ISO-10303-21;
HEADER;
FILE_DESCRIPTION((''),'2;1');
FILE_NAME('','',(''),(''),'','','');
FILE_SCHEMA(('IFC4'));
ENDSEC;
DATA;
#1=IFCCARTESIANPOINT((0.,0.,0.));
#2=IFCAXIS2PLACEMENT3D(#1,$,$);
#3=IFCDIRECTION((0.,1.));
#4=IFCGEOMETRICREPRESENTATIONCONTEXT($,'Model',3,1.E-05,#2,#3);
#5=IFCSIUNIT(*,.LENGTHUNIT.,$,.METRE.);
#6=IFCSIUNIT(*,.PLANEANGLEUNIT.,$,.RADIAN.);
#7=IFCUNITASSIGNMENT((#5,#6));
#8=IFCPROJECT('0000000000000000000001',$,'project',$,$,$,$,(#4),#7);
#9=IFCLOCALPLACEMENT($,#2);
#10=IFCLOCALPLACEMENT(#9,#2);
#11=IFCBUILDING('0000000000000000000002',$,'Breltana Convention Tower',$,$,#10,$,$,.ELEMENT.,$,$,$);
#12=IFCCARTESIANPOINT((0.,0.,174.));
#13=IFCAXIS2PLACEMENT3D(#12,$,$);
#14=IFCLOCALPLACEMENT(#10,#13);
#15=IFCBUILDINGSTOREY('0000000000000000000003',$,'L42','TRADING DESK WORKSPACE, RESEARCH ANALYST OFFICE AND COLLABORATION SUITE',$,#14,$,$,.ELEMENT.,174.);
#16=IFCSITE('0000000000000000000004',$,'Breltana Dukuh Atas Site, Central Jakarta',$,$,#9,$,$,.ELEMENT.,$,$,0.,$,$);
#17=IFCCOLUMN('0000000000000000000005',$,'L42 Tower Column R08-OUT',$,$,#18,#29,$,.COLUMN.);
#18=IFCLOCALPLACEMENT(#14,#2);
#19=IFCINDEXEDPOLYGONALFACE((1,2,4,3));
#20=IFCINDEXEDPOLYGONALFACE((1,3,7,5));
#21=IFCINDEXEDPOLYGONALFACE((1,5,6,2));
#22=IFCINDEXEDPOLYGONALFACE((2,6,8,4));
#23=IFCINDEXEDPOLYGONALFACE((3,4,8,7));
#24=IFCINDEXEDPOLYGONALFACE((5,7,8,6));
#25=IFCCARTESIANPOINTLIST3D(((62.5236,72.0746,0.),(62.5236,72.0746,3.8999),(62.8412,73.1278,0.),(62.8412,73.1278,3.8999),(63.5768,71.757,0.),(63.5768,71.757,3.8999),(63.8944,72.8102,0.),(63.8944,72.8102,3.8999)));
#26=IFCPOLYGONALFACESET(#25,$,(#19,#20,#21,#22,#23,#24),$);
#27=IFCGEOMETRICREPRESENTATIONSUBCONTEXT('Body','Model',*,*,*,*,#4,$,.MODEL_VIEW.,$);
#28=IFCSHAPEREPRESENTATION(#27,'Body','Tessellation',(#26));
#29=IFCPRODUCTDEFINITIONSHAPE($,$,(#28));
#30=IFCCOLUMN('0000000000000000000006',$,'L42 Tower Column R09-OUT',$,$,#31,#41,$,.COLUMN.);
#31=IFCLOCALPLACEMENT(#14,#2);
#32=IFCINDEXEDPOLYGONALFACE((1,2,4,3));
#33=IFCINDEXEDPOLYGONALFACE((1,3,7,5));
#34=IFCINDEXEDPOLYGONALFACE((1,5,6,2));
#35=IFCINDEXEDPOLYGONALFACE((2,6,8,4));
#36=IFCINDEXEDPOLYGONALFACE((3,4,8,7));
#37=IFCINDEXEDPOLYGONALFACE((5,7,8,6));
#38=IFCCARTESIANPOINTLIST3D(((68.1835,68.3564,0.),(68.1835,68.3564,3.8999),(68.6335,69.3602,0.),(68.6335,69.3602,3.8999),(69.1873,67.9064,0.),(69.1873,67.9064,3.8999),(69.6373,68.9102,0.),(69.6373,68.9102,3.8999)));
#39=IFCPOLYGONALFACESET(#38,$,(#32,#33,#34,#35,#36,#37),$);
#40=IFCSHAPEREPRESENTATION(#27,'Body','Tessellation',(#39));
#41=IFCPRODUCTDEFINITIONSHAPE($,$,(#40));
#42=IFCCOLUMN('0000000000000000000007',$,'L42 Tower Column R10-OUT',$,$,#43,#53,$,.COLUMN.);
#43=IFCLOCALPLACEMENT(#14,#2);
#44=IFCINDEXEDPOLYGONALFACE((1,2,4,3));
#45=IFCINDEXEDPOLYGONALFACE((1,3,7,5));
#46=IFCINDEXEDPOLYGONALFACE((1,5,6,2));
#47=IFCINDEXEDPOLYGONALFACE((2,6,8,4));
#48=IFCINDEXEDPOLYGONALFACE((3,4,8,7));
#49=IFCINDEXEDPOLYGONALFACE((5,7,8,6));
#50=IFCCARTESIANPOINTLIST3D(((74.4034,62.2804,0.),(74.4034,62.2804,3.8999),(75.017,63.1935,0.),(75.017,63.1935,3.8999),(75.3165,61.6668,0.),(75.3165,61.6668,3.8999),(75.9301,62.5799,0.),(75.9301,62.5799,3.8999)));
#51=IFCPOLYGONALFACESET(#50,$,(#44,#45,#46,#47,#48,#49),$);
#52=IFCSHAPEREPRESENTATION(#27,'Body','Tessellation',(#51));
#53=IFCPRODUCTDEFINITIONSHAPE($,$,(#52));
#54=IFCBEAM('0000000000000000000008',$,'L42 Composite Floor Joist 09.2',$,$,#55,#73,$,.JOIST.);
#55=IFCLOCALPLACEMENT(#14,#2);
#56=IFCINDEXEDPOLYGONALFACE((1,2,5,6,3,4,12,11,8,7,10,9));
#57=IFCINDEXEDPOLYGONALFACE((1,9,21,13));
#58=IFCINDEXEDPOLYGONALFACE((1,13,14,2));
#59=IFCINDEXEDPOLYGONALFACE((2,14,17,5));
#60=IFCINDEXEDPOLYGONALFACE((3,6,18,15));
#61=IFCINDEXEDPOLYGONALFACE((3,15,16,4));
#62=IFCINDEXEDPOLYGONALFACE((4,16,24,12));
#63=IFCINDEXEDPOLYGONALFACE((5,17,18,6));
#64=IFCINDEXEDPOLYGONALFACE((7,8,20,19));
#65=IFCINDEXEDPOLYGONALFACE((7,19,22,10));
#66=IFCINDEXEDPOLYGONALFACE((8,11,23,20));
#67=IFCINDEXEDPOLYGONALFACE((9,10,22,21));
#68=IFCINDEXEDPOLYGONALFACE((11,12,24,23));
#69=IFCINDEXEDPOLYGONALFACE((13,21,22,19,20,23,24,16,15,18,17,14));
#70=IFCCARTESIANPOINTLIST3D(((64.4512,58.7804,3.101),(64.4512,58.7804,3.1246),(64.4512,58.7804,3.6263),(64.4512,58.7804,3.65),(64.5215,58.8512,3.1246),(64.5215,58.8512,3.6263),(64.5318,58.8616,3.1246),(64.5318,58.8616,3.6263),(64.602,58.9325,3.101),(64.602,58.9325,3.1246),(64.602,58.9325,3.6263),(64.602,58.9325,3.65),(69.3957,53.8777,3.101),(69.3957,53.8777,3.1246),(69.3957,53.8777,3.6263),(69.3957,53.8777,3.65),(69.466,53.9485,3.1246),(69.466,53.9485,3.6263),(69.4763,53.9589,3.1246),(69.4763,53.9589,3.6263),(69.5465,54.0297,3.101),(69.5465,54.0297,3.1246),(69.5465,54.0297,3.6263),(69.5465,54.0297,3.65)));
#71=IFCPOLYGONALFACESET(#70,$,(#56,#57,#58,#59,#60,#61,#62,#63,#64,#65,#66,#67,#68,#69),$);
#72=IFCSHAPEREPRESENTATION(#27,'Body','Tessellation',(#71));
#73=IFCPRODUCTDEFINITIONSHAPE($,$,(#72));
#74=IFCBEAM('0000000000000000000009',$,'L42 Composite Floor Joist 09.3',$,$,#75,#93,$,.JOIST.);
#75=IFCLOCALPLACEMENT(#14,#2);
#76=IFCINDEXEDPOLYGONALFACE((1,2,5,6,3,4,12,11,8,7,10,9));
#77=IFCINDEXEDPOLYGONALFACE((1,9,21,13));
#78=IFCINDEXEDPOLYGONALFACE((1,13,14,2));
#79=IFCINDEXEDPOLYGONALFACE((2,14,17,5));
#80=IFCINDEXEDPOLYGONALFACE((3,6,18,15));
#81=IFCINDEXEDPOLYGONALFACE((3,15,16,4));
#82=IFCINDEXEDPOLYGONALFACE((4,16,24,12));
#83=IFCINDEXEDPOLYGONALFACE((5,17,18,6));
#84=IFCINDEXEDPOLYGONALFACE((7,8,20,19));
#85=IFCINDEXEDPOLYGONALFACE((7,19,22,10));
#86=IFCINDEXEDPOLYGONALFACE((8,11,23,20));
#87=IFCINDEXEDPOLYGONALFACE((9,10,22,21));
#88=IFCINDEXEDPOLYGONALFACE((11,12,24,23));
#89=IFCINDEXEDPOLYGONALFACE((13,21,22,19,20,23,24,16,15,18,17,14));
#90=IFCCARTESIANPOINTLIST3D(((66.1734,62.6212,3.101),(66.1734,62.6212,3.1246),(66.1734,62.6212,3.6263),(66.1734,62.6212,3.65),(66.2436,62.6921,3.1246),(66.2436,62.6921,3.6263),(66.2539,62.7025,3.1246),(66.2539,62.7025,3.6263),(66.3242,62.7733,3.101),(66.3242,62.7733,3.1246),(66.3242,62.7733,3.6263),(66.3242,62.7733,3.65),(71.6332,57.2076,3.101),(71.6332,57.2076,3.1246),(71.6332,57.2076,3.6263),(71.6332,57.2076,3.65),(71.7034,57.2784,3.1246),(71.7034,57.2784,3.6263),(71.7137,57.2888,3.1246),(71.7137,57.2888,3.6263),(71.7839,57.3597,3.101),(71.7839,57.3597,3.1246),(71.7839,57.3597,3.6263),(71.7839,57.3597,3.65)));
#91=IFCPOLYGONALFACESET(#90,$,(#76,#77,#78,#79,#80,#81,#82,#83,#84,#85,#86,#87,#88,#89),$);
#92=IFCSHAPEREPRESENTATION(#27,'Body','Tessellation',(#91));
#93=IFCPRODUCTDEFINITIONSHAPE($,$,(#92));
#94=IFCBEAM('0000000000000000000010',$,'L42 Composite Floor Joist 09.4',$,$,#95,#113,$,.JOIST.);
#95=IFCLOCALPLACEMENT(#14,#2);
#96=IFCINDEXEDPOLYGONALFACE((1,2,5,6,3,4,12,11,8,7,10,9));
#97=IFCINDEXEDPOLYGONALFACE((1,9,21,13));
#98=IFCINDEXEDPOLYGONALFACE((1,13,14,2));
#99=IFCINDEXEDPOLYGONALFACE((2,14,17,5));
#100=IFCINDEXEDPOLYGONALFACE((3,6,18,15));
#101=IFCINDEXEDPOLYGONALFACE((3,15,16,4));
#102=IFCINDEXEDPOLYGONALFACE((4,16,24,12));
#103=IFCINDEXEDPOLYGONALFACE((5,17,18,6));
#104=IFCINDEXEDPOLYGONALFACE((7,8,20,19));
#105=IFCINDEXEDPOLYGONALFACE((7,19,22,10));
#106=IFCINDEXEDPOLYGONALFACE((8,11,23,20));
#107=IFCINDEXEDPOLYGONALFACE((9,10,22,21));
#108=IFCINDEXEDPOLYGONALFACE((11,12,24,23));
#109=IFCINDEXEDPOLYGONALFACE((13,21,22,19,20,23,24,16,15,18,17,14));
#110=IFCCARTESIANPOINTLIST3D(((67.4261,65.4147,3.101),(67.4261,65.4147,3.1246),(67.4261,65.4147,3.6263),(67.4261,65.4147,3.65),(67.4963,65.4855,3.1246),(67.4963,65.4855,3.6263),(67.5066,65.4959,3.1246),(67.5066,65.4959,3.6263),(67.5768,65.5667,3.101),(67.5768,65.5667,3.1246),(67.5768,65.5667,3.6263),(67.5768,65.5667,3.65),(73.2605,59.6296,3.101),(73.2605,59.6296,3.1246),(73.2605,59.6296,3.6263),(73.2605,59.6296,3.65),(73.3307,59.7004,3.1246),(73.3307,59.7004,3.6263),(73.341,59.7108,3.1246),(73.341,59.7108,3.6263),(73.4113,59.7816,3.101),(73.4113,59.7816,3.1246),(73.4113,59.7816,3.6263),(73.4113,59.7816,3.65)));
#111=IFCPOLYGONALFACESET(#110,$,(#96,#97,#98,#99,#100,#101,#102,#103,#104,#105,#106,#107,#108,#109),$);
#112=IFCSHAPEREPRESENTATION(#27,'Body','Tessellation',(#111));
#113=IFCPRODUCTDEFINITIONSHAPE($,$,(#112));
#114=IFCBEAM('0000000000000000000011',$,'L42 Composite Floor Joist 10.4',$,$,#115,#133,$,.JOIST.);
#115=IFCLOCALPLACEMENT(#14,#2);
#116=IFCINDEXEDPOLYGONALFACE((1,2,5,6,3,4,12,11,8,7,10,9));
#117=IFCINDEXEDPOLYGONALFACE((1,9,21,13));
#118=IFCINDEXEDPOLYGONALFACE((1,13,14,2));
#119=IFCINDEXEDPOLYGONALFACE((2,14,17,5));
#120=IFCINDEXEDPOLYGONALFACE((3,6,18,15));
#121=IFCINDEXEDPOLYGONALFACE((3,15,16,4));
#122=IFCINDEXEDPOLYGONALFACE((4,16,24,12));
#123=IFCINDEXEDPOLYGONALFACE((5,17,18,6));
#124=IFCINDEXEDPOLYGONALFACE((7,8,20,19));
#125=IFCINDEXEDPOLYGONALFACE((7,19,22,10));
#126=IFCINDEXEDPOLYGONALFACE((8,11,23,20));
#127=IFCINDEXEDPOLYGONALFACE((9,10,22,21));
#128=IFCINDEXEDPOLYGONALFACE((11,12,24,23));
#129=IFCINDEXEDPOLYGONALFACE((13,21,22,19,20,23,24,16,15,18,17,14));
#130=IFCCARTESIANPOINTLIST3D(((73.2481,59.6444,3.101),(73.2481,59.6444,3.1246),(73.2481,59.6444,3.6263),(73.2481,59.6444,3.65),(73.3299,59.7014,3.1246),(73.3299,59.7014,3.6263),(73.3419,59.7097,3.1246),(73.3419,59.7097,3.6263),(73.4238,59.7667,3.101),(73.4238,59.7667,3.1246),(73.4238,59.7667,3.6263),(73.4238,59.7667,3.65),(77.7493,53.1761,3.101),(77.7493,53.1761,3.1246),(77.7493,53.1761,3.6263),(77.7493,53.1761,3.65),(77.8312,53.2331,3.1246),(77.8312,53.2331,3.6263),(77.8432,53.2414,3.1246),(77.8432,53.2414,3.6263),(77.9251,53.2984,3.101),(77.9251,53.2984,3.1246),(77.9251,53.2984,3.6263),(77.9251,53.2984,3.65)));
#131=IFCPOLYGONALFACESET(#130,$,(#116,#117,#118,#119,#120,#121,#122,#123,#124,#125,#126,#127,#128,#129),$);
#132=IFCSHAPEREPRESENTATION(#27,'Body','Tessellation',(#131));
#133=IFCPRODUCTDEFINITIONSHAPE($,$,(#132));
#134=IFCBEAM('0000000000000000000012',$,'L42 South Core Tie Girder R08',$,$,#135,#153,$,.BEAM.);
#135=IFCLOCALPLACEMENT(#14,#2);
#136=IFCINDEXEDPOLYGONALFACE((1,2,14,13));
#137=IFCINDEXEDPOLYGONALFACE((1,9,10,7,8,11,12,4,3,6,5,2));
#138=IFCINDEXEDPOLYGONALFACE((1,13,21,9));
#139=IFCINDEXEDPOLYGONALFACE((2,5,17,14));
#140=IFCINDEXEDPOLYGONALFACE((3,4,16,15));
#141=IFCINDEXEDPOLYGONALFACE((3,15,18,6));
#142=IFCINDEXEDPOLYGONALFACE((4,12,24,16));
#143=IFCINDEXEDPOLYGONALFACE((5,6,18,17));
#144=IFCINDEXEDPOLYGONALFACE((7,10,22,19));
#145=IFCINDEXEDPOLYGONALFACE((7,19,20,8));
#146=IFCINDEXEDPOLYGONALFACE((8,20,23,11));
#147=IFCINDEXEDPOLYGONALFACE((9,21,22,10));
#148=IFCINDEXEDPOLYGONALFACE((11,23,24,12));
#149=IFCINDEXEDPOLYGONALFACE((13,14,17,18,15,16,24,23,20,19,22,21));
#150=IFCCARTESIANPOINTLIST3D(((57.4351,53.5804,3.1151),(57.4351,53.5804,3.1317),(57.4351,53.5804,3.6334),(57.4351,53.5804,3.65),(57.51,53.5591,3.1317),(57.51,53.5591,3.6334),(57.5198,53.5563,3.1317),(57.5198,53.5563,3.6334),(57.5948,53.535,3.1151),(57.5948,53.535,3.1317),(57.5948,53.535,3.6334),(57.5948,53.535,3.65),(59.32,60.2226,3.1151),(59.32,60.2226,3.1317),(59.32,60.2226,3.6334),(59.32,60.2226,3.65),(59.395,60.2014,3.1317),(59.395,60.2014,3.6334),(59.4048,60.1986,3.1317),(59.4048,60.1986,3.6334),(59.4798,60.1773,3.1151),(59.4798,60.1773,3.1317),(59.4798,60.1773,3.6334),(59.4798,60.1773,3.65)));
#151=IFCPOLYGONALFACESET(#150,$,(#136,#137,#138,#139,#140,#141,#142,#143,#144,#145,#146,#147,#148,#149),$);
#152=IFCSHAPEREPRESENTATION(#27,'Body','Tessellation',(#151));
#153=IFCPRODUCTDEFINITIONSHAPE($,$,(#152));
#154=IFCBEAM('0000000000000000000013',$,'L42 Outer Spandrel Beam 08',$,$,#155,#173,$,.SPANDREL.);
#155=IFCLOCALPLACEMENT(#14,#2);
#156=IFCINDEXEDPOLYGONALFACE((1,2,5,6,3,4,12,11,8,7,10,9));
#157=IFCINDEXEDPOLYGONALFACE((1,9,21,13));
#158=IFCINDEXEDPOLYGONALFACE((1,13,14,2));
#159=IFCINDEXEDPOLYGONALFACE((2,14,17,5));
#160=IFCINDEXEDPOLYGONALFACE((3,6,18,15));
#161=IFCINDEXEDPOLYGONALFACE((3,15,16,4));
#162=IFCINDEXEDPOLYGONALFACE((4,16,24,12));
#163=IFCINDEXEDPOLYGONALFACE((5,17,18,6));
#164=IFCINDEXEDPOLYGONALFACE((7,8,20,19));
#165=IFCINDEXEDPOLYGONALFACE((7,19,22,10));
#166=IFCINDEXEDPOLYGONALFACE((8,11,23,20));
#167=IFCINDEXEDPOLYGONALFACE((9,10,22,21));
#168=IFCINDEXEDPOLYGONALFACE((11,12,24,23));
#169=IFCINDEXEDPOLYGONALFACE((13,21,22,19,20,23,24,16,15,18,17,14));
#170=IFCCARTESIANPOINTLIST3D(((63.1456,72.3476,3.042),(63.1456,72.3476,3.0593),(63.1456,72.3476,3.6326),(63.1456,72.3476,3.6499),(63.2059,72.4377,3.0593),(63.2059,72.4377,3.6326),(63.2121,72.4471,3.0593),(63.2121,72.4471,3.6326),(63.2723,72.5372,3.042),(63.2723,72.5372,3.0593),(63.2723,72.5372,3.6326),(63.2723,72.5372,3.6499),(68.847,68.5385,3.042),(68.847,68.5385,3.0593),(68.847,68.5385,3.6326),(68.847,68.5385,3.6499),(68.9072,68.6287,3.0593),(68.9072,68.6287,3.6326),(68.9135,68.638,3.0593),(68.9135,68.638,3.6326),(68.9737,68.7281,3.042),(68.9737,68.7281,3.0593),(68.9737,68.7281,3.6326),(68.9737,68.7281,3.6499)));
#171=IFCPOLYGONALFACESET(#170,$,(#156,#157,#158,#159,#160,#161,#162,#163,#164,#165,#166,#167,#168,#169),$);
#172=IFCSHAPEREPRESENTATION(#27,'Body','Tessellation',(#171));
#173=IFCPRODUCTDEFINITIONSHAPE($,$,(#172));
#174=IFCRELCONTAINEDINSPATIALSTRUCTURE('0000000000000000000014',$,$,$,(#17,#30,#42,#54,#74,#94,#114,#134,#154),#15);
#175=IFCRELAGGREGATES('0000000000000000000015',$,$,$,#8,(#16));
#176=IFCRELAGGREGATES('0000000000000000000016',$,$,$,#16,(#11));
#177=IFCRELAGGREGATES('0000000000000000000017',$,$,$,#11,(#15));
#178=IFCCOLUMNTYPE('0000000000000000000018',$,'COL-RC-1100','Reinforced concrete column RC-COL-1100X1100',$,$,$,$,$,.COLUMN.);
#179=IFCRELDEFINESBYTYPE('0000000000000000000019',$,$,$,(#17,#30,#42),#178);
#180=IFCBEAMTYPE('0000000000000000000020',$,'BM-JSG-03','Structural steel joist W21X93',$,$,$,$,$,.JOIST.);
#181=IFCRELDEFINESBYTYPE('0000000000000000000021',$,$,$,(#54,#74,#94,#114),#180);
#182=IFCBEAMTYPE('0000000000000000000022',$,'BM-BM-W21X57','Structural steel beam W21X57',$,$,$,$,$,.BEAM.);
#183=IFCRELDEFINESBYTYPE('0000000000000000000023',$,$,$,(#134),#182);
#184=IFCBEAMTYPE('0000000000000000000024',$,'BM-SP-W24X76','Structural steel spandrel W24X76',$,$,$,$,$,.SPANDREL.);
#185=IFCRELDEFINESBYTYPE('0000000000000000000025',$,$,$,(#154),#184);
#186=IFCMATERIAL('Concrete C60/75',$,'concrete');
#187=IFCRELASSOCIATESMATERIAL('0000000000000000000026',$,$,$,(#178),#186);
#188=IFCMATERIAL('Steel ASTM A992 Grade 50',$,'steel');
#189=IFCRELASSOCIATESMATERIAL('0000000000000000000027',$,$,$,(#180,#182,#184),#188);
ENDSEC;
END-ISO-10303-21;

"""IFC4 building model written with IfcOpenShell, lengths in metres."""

from ifc_helpers import new_model, si_unit, direction, frame, origin, origin_2d, place, context, subcontext, project, spatial, rectangle, i_section, extrude, source, transform, mapped, material, material_profile, profile_set, type_object, type_shapes, element, save


model = new_model("IFC4")

# Units and contexts
model_context = context("Model", 3, precision=1e-05, world=origin(), true_north=direction((0.0, 1.0)))
body_context = subcontext(model_context, "Body", "Model", "MODEL_VIEW")
ifc_project = project(units=[si_unit("LENGTHUNIT", "METRE"), si_unit("PLANEANGLEUNIT", "RADIAN")], contexts=[model_context])

# Site, building, storey
site_placement = place(None, origin())
site = spatial("IfcSite", under=ifc_project, at=site_placement, Name="Breltana Dukuh Atas Site, Central Jakarta", CompositionType="ELEMENT", RefElevation=0.0)
building_placement = place(site_placement, origin())
building = spatial("IfcBuilding", under=site, at=building_placement, Name="Breltana Convention Tower", CompositionType="ELEMENT")
storey_placement = place(building_placement, frame((0.0, 0.0, 174.0)))
storey = spatial("IfcBuildingStorey", under=building, at=storey_placement, Name="L42", Description="TRADING DESK WORKSPACE, RESEARCH ANALYST OFFICE AND COLLABORATION SUITE", CompositionType="ELEMENT", Elevation=174.0)

# Columns
ifc_material_1 = material(Name="Concrete C60/75", Category="concrete")
ifc_material_profile_1 = material_profile(ifc_material_1, rectangle(XDim=1.1001, YDim=1.1001, at=origin_2d()), Name="RC-COL-1100X1100")
ifc_profile_set_1 = profile_set([ifc_material_profile_1], Name="Concrete C60/75")
column_type = type_object("IfcColumnType", Name="COL-RC-1100", Description="Reinforced concrete column RC-COL-1100X1100", PredefinedType="COLUMN", material=ifc_profile_set_1)
shared_shape_1 = source(origin(), body_context, "Body", "SweptSolid", [
    extrude(rectangle(XDim=1.1001, YDim=1.1001, at=origin_2d()), origin(), (0.0, 0.0, 1.0), 3.8999),
])
for number, where, z_axis, x_axis, name in (
    (1, (63.209, 72.4424, 0.0), (0.0, 0.0, 1.0), (0.288698, 0.95742, 0.0), "L42 Tower Column R08-OUT"),
    (2, (68.9104, 68.6333, 0.0), (0.0, 0.0, 1.0), (0.409127, 0.912477, 0.0), "L42 Tower Column R09-OUT"),
    (3, (75.1667, 62.4302, 0.0), (0.0, 0.0, 1.0), (0.557745, 0.830012, 0.0), "L42 Tower Column R10-OUT"),
):
    element("IfcColumn", number, at=place(storey_placement, frame(where, z_axis=z_axis, x_axis=x_axis)), inside=storey, type_object=column_type, Name=name, PredefinedType="COLUMN", context=body_context, shape_type="MappedRepresentation", body=[
        mapped(shared_shape_1, transform((0.0, 0.0, 0.0), scale=1.0)),
    ])

# Beams
ifc_material_2 = material(Name="Steel ASTM A992 Grade 50", Category="steel")
ifc_material_profile_2 = material_profile(ifc_material_2, i_section(OverallWidth=0.2141, OverallDepth=0.5491, WebThickness=0.0146, FlangeThickness=0.0237, at=origin_2d()), Name="W21X93")
ifc_profile_set_2 = profile_set([ifc_material_profile_2], Name="Steel ASTM A992 Grade 50")
beam_type_1 = type_object("IfcBeamType", Name="BM-JSG-03", Description="Structural steel joist W21X93", PredefinedType="JOIST", material=ifc_profile_set_2)
shared_shape_2 = source(origin(), body_context, "Body", "SweptSolid", [
    extrude(i_section(OverallWidth=0.2141, OverallDepth=0.5491, WebThickness=0.0146, FlangeThickness=0.0237, at=origin_2d()), origin(), (0.0, 0.0, 1.0), 6.9631),
])
beam_1_placement = place(storey_placement, frame((64.5266, 58.8564, 3.3755), z_axis=(0.710098, -0.704103, 0.0), x_axis=(0.704103, 0.710098, 0.0)))
element("IfcBeam", 4, at=beam_1_placement, inside=storey, type_object=beam_type_1, Name="L42 Composite Floor Joist 09.2", PredefinedType="JOIST", context=body_context, shape_type="MappedRepresentation", body=[
    mapped(shared_shape_2, transform((0.0, 0.0, 0.0), scale=1.0)),
])
shared_shape_3 = source(origin(), body_context, "Body", "SweptSolid", [
    extrude(i_section(OverallWidth=0.2141, OverallDepth=0.5491, WebThickness=0.0146, FlangeThickness=0.0237, at=origin_2d()), origin(), (0.0, 0.0, 1.0), 7.6887),
])
beam_2_placement = place(storey_placement, frame((66.2488, 62.6973, 3.3755), z_axis=(0.710101, -0.7041, 0.0), x_axis=(0.7041, 0.710101, 0.0)))
element("IfcBeam", 5, at=beam_2_placement, inside=storey, type_object=beam_type_1, Name="L42 Composite Floor Joist 09.3", PredefinedType="JOIST", context=body_context, shape_type="MappedRepresentation", body=[
    mapped(shared_shape_3, transform((0.0, 0.0, 0.0), scale=1.0)),
])
shared_shape_4 = source(origin(), body_context, "Body", "SweptSolid", [
    extrude(i_section(OverallWidth=0.2141, OverallDepth=0.5491, WebThickness=0.0146, FlangeThickness=0.0237, at=origin_2d()), origin(), (0.0, 0.0, 1.0), 8.2163),
])
beam_3_placement = place(storey_placement, frame((67.5015, 65.4907, 3.3755), z_axis=(0.710102, -0.704099, 0.0), x_axis=(0.704099, 0.710102, 0.0)))
element("IfcBeam", 6, at=beam_3_placement, inside=storey, type_object=beam_type_1, Name="L42 Composite Floor Joist 09.4", PredefinedType="JOIST", context=body_context, shape_type="MappedRepresentation", body=[
    mapped(shared_shape_4, transform((0.0, 0.0, 0.0), scale=1.0)),
])
shared_shape_5 = source(origin(), body_context, "Body", "SweptSolid", [
    extrude(i_section(OverallWidth=0.2141, OverallDepth=0.5491, WebThickness=0.0146, FlangeThickness=0.0237, at=origin_2d()), origin(), (0.0, 0.0, 1.0), 7.8804),
])
beam_4_placement = place(storey_placement, frame((73.3359, 59.7056, 3.3755), z_axis=(0.571198, -0.820812, 0.0), x_axis=(0.820812, 0.571198, 0.0)))
element("IfcBeam", 7, at=beam_4_placement, inside=storey, type_object=beam_type_1, Name="L42 Composite Floor Joist 10.4", PredefinedType="JOIST", context=body_context, shape_type="MappedRepresentation", body=[
    mapped(shared_shape_5, transform((0.0, 0.0, 0.0), scale=1.0)),
])
ifc_material_profile_3 = material_profile(ifc_material_2, i_section(OverallWidth=0.166, OverallDepth=0.5349, WebThickness=0.0103, FlangeThickness=0.0166, at=origin_2d()), Name="W21X57")
ifc_profile_set_3 = profile_set([ifc_material_profile_3], Name="Steel ASTM A992 Grade 50")
beam_type_2 = type_object("IfcBeamType", Name="BM-BM-W21X57", Description="Structural steel beam W21X57", PredefinedType="BEAM", material=ifc_profile_set_3)
shared_shape_6 = source(origin(), body_context, "Body", "SweptSolid", [
    extrude(i_section(OverallWidth=0.166, OverallDepth=0.5349, WebThickness=0.0103, FlangeThickness=0.0166, at=origin_2d()), origin(), (0.0, 0.0, 1.0), 6.9045),
])
type_shapes(beam_type_2, [shared_shape_6])
beam_5_placement = place(storey_placement, frame((59.3999, 60.2, 3.3826), z_axis=(-0.273007, -0.962012, 0.0), x_axis=(0.962012, -0.273007, 0.0)))
element("IfcBeam", 8, at=beam_5_placement, inside=storey, type_object=beam_type_2, Name="L42 South Core Tie Girder R08", PredefinedType="BEAM", context=body_context, shape_type="MappedRepresentation", body=[
    mapped(shared_shape_6, transform((0.0, 0.0, 0.0), scale=1.0)),
])
ifc_material_profile_4 = material_profile(ifc_material_2, i_section(OverallWidth=0.228, OverallDepth=0.6079, WebThickness=0.0112, FlangeThickness=0.0173, at=origin_2d()), Name="W24X76")
ifc_profile_set_4 = profile_set([ifc_material_profile_4], Name="Steel ASTM A992 Grade 50")
beam_type_3 = type_object("IfcBeamType", Name="BM-SP-W24X76", Description="Structural steel spandrel W24X76", PredefinedType="SPANDREL", material=ifc_profile_set_4)
shared_shape_7 = source(origin(), body_context, "Body", "SweptSolid", [
    extrude(i_section(OverallWidth=0.228, OverallDepth=0.6079, WebThickness=0.0112, FlangeThickness=0.0173, at=origin_2d()), origin(), (0.0, 0.0, 1.0), 6.8567),
])
beam_6_placement = place(storey_placement, frame((63.209, 72.4424, 3.3459), z_axis=(0.831502, -0.555522, 0.0), x_axis=(0.555522, 0.831502, 0.0)))
element("IfcBeam", 9, at=beam_6_placement, inside=storey, type_object=beam_type_3, Name="L42 Outer Spandrel Beam 08", PredefinedType="SPANDREL", context=body_context, shape_type="MappedRepresentation", body=[
    mapped(shared_shape_7, transform((0.0, 0.0, 0.0), scale=1.0)),
])

save(model, "model.ifc")
